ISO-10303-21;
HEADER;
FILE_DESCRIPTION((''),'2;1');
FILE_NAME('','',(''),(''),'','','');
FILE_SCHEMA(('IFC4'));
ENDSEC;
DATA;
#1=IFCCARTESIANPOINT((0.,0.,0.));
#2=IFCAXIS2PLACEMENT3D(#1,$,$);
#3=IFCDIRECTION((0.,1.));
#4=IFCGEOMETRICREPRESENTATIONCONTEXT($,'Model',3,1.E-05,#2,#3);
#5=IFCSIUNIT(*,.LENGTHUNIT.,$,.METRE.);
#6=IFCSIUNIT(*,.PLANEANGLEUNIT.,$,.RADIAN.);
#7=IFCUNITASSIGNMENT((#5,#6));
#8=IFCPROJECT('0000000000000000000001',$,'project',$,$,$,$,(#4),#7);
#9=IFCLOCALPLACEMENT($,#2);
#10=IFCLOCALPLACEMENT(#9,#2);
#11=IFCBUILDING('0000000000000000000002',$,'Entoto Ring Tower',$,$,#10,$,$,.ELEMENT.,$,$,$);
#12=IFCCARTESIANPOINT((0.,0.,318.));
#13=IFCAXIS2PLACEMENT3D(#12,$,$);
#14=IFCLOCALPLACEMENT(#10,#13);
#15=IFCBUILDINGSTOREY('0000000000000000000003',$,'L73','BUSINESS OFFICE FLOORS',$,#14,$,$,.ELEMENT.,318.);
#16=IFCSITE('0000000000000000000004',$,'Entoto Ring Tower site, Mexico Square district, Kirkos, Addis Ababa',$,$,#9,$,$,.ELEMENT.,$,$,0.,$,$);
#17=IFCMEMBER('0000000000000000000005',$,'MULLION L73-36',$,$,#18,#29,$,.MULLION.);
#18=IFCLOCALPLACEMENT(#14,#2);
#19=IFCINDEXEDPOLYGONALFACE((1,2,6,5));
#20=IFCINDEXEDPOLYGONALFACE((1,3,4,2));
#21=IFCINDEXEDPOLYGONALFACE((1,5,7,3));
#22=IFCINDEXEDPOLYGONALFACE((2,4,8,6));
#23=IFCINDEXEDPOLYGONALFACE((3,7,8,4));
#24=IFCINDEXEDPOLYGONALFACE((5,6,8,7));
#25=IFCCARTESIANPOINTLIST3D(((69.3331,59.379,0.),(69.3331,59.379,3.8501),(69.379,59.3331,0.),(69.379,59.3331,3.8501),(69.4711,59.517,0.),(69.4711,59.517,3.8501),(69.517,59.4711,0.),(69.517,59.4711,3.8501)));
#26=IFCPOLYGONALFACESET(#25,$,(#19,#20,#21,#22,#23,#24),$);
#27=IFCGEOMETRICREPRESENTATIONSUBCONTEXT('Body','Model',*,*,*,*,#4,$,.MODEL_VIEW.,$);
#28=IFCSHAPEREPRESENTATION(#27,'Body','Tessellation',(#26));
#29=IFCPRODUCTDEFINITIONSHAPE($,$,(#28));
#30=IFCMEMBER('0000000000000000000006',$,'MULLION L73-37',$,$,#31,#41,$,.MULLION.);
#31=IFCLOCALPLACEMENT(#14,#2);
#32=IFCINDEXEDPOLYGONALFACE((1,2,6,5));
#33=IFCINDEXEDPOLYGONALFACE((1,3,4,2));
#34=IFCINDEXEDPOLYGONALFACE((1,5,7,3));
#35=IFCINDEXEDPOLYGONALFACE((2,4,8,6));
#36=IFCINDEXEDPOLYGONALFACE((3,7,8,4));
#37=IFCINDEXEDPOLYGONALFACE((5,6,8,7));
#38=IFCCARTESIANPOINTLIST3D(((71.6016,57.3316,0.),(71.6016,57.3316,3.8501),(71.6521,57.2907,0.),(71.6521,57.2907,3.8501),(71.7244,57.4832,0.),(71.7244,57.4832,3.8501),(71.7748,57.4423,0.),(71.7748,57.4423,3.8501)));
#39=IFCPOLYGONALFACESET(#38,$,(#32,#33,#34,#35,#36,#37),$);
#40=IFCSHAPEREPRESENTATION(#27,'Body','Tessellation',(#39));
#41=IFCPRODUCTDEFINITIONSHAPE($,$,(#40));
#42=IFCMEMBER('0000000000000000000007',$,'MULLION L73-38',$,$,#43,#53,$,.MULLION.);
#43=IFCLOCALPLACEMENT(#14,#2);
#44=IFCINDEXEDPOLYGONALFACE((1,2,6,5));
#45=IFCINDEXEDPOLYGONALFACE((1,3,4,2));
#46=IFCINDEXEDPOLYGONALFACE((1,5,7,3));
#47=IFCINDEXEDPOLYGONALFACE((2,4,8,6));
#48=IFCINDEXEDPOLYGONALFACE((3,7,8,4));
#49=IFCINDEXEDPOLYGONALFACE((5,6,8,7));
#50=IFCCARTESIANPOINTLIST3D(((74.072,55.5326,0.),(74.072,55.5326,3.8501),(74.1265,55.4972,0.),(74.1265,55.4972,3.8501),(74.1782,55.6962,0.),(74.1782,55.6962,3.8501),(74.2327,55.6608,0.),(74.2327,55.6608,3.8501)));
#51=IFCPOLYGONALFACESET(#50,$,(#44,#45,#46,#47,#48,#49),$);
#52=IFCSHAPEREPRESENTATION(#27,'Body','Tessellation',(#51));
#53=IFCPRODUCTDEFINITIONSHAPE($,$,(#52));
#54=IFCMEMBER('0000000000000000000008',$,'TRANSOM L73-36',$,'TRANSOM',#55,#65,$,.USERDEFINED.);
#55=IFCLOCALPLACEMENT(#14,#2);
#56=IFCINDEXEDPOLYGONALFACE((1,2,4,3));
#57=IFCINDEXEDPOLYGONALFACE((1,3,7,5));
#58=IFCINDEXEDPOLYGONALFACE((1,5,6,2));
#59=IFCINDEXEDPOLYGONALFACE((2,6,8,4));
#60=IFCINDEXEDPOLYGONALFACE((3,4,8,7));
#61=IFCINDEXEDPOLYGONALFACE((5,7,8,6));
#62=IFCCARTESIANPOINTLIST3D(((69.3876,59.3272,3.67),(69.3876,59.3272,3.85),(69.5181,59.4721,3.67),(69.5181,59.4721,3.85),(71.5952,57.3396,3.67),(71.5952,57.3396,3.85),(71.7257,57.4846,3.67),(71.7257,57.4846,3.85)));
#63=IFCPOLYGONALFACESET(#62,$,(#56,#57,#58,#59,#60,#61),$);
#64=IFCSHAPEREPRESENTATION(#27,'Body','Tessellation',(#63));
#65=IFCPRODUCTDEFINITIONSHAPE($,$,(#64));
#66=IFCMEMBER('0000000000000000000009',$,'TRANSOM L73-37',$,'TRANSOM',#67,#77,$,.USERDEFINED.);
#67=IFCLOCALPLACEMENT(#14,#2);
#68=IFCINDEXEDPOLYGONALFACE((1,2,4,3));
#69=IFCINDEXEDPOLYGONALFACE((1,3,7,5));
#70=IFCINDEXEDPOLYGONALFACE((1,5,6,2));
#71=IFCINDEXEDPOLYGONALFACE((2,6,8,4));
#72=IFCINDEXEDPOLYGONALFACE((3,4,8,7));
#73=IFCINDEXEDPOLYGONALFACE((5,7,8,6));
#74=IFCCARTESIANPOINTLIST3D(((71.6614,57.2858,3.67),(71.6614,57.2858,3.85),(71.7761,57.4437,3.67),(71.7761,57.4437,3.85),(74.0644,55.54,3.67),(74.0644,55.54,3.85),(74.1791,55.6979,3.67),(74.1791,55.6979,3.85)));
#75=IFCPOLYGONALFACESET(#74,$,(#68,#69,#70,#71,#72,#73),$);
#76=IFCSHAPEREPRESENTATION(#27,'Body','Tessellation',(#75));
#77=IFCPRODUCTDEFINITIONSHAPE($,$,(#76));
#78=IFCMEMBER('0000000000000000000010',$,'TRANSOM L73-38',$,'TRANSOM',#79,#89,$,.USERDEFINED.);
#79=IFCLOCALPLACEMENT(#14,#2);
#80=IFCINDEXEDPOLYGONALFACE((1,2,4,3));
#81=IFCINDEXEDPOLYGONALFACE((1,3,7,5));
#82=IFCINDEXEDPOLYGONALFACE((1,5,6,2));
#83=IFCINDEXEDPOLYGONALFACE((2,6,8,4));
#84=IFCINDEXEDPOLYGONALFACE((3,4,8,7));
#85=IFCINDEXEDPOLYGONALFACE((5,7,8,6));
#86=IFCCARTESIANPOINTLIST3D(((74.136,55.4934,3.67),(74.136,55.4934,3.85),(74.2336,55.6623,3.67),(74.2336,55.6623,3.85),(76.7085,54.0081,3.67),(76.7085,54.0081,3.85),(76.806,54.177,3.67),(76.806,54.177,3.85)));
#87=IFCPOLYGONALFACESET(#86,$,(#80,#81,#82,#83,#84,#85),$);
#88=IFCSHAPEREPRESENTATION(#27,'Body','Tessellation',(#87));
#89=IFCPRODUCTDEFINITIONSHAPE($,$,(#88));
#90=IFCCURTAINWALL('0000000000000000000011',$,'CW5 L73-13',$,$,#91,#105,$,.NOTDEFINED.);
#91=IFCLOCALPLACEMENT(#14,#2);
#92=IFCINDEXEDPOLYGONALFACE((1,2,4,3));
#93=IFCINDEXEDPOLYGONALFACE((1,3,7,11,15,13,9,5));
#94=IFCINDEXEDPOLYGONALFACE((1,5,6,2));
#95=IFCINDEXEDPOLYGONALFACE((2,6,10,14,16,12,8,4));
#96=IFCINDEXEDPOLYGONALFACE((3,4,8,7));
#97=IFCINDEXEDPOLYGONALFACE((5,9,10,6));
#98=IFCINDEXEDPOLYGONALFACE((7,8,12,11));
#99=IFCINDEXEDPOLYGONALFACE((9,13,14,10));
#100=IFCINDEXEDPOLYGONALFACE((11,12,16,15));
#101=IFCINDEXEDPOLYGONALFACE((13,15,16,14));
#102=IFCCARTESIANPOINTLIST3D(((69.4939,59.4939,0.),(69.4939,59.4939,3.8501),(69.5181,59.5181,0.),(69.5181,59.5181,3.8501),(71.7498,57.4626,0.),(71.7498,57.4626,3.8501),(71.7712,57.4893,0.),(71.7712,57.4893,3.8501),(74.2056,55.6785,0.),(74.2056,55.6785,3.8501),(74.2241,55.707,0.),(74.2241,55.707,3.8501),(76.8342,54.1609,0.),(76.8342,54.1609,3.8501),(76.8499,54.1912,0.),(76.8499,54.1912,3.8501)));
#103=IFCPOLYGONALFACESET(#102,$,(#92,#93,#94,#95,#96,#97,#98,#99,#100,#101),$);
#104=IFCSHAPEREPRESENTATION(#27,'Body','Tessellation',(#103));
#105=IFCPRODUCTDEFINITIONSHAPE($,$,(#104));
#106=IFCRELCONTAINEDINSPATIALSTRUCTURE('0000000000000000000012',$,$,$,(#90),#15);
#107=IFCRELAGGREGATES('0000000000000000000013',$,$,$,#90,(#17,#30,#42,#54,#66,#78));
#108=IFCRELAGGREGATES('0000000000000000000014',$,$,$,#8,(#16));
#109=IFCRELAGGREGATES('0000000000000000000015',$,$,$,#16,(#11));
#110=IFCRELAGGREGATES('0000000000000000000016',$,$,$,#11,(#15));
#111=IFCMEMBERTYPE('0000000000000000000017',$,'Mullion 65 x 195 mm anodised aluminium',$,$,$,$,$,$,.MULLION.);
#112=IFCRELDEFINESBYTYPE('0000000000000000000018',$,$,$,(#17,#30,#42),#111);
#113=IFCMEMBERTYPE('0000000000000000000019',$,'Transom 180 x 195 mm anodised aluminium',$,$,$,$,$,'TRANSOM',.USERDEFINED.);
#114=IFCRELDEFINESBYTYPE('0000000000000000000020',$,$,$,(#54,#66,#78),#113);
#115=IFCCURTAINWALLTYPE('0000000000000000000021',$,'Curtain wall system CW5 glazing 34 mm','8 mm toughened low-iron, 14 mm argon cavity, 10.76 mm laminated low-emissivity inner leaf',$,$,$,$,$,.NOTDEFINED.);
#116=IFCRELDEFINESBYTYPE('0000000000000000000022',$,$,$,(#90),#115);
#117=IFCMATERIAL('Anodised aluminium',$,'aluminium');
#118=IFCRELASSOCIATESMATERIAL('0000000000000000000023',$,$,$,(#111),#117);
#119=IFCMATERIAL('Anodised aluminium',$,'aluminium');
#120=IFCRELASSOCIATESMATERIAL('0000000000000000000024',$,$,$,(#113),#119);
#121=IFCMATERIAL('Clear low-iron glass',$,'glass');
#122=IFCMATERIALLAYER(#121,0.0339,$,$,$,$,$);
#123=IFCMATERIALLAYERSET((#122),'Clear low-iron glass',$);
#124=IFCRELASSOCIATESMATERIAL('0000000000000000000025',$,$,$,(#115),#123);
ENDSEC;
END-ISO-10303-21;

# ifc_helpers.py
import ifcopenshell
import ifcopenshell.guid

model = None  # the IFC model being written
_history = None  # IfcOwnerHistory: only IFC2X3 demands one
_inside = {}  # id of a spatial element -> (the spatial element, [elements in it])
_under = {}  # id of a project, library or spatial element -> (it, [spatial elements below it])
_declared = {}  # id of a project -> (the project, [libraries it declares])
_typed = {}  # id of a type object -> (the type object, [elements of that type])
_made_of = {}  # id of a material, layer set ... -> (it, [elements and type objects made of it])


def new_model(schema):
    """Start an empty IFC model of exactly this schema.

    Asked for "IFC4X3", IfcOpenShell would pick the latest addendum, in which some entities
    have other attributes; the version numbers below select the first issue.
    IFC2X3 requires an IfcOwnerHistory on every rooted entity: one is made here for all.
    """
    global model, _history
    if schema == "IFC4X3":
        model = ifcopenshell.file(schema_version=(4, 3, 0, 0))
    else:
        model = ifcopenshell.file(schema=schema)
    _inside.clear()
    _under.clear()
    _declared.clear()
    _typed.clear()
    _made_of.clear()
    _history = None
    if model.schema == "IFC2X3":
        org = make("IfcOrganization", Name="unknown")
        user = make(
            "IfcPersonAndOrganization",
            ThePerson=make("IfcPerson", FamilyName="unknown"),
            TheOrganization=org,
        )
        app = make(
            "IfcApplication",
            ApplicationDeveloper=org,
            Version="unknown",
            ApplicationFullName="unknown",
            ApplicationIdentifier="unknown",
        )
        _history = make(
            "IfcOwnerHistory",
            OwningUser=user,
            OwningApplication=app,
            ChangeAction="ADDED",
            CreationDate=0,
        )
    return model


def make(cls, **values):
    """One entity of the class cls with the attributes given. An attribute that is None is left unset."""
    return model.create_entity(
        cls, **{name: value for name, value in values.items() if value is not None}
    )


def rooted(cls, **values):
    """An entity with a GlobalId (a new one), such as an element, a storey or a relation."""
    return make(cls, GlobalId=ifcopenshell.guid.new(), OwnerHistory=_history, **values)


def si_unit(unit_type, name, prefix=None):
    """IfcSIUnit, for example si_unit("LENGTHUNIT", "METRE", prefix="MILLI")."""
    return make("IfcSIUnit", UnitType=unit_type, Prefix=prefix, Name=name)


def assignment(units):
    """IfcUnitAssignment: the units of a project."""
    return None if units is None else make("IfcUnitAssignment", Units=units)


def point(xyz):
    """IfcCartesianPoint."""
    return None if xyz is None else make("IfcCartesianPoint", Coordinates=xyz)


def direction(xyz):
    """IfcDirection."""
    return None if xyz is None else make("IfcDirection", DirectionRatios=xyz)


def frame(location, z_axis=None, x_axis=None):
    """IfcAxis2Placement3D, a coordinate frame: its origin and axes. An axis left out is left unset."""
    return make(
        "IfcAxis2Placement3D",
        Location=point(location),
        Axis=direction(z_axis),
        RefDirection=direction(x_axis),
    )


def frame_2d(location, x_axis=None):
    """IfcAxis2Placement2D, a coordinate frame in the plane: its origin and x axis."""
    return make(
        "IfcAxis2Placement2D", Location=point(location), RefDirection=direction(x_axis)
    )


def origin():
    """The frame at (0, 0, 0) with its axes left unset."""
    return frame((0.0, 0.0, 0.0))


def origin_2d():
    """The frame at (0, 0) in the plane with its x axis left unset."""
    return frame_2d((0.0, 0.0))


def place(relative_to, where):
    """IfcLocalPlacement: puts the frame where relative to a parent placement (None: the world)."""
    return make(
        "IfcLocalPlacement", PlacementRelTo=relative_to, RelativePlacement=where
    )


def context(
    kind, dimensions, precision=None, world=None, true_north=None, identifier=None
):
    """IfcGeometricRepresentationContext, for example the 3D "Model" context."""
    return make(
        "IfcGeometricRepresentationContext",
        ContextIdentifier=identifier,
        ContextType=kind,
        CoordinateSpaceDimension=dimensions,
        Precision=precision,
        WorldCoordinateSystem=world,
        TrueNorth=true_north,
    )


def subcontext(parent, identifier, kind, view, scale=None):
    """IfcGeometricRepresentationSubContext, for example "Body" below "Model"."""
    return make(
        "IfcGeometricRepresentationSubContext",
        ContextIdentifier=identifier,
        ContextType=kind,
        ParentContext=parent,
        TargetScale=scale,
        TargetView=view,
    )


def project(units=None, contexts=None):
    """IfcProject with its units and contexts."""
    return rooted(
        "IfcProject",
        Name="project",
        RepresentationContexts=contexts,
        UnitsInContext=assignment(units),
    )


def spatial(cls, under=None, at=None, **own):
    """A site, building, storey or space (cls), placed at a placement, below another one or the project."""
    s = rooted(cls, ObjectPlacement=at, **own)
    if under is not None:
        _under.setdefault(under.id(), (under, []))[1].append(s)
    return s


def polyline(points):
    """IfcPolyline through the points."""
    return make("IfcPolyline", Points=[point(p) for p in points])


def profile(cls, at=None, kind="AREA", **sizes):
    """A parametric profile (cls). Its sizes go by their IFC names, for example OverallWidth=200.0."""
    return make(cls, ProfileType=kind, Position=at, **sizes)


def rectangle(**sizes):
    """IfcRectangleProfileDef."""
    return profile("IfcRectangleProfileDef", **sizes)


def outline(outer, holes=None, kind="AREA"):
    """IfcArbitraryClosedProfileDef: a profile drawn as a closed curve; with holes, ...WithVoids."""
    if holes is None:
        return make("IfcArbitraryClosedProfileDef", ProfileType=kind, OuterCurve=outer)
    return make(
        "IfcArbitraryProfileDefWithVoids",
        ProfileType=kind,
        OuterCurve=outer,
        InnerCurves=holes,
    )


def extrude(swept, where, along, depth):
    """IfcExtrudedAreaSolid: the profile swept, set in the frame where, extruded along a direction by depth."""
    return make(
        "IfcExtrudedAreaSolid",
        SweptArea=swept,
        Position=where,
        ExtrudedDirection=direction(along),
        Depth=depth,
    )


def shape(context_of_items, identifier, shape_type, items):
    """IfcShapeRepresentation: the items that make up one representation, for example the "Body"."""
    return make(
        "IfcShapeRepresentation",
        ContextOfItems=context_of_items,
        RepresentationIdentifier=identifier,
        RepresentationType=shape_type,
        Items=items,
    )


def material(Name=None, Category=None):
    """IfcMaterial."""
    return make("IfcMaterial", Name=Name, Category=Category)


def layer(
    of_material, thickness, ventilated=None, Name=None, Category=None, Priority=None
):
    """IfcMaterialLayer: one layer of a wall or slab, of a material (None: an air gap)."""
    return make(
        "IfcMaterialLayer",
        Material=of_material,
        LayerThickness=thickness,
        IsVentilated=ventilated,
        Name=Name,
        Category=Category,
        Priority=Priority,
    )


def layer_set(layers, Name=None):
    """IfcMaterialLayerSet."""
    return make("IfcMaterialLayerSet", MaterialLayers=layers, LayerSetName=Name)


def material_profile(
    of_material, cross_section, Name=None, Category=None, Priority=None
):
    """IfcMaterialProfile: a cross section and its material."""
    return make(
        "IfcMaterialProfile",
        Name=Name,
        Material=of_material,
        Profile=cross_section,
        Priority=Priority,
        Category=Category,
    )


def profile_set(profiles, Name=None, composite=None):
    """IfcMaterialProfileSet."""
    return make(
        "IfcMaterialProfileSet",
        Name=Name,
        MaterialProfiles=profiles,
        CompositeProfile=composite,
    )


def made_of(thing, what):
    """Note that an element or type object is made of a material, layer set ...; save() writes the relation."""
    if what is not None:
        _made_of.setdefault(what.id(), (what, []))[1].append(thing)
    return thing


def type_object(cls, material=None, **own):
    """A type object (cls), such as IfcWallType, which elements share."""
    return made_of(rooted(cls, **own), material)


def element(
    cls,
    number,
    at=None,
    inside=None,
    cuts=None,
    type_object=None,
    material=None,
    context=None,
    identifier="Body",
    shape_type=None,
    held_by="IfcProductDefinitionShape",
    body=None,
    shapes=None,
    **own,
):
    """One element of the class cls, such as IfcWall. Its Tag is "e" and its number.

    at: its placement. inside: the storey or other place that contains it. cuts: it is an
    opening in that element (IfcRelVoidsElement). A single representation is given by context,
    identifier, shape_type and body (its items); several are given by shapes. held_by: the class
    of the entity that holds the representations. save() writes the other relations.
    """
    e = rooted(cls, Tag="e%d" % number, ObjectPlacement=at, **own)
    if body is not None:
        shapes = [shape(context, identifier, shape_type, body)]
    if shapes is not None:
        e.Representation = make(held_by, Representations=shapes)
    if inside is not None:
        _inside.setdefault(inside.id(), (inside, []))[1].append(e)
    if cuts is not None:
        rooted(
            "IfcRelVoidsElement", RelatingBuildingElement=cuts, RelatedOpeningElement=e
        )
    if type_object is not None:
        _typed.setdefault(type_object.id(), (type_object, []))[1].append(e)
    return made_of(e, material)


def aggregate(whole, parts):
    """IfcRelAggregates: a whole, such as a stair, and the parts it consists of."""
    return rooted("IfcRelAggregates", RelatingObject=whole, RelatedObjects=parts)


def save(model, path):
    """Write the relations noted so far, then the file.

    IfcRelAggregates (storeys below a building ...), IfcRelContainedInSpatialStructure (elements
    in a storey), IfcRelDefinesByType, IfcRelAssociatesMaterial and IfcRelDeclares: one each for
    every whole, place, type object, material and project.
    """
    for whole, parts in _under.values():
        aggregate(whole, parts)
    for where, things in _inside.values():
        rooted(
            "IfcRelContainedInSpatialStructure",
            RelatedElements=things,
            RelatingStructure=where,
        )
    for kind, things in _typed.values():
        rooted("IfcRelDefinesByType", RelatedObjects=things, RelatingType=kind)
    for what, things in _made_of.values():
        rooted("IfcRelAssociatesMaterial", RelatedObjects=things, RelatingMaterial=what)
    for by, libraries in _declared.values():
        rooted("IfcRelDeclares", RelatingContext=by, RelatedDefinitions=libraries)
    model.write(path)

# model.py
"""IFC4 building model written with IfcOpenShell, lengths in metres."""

from ifc_helpers import new_model, si_unit, direction, frame, origin, origin_2d, place, context, subcontext, project, spatial, polyline, rectangle, outline, extrude, material, layer, layer_set, material_profile, profile_set, type_object, element, aggregate, save


model = new_model("IFC4")

# Units and contexts
model_context = context("Model", 3, precision=1e-05, world=origin(), true_north=direction((0.0, 1.0)))
body_context = subcontext(model_context, "Body", "Model", "MODEL_VIEW")
ifc_project = project(units=[si_unit("LENGTHUNIT", "METRE"), si_unit("PLANEANGLEUNIT", "RADIAN")], contexts=[model_context])

# Members
ifc_material_1 = material(Name="Anodised aluminium", Category="aluminium")
ifc_material_profile_1 = material_profile(ifc_material_1, rectangle(XDim=0.0649, YDim=0.1951, at=origin_2d()), Name="Mullion 65 x 195 mm anodised aluminium")
ifc_profile_set_1 = profile_set([ifc_material_profile_1], Name="Anodised aluminium")
member_type_1 = type_object("IfcMemberType", Name="Mullion 65 x 195 mm anodised aluminium", PredefinedType="MULLION", material=ifc_profile_set_1)
site_placement = place(None, origin())
building_placement = place(site_placement, origin())
storey_placement = place(building_placement, frame((0.0, 0.0, 318.0)))
member_1_placement = place(storey_placement, frame((69.425, 59.425, 0.0), z_axis=(0.0, 0.0, 1.0), x_axis=(0.707107, -0.707107, 0.0)))
member_1 = element("IfcMember", 1, at=member_1_placement, type_object=member_type_1, Name="MULLION L73-36", PredefinedType="MULLION", context=body_context, shape_type="SweptSolid", body=[
    extrude(rectangle(XDim=0.0649, YDim=0.1951, at=origin_2d()), origin(), (0.0, 0.0, 1.0), 3.8501),
])
member_2_placement = place(storey_placement, frame((71.6882, 57.387, 0.0), z_axis=(0.0, 0.0, 1.0), x_axis=(0.777146, -0.62932, 0.0)))
member_2 = element("IfcMember", 2, at=member_2_placement, type_object=member_type_1, Name="MULLION L73-37", PredefinedType="MULLION", context=body_context, shape_type="SweptSolid", body=[
    extrude(rectangle(XDim=0.0649, YDim=0.1951, at=origin_2d()), origin(), (0.0, 0.0, 1.0), 3.8501),
])
member_3_placement = place(storey_placement, frame((74.1523, 55.5967, 0.0), z_axis=(0.0, 0.0, 1.0), x_axis=(0.838671, -0.544639, 0.0)))
member_3 = element("IfcMember", 3, at=member_3_placement, type_object=member_type_1, Name="MULLION L73-38", PredefinedType="MULLION", context=body_context, shape_type="SweptSolid", body=[
    extrude(rectangle(XDim=0.0649, YDim=0.1951, at=origin_2d()), origin(), (0.0, 0.0, 1.0), 3.8501),
])
ifc_material_2 = material(Name="Anodised aluminium", Category="aluminium")
ifc_material_profile_2 = material_profile(ifc_material_2, rectangle(XDim=0.1951, YDim=0.1799, at=origin_2d()), Name="Transom 180 x 195 mm anodised aluminium")
ifc_profile_set_2 = profile_set([ifc_material_profile_2], Name="Anodised aluminium")
member_type_2 = type_object("IfcMemberType", Name="Transom 180 x 195 mm anodised aluminium", ElementType="TRANSOM", PredefinedType="USERDEFINED", material=ifc_profile_set_2)
member_4_placement = place(storey_placement, frame((69.4529, 59.3997, 3.76), z_axis=(0.743163, -0.66911, 0.0), x_axis=(0.66911, 0.743163, 0.0)))
member_4 = element("IfcMember", 4, at=member_4_placement, type_object=member_type_2, Name="TRANSOM L73-36", ObjectType="TRANSOM", PredefinedType="USERDEFINED", context=body_context, shape_type="SweptSolid", body=[
    extrude(rectangle(XDim=0.1951, YDim=0.1799, at=origin_2d()), origin(), (0.0, 0.0, 1.0), 2.9705),
])
member_5_placement = place(storey_placement, frame((71.7188, 57.3647, 3.76), z_axis=(0.809031, -0.587766, 0.0), x_axis=(0.587766, 0.809031, 0.0)))
member_5 = element("IfcMember", 5, at=member_5_placement, type_object=member_type_2, Name="TRANSOM L73-37", ObjectType="TRANSOM", PredefinedType="USERDEFINED", context=body_context, shape_type="SweptSolid", body=[
    extrude(rectangle(XDim=0.1951, YDim=0.1799, at=origin_2d()), origin(), (0.0, 0.0, 1.0), 2.9702),
])
member_6_placement = place(storey_placement, frame((74.1848, 55.5779, 3.76), z_axis=(0.866009, -0.500028, 0.0), x_axis=(0.500028, 0.866009, 0.0)))
member_6 = element("IfcMember", 6, at=member_6_placement, type_object=member_type_2, Name="TRANSOM L73-38", ObjectType="TRANSOM", PredefinedType="USERDEFINED", context=body_context, shape_type="SweptSolid", body=[
    extrude(rectangle(XDim=0.1951, YDim=0.1799, at=origin_2d()), origin(), (0.0, 0.0, 1.0), 2.9705),
])

# Site, building, storey
site = spatial("IfcSite", under=ifc_project, at=site_placement, Name="Entoto Ring Tower site, Mexico Square district, Kirkos, Addis Ababa", CompositionType="ELEMENT", RefElevation=0.0)
building = spatial("IfcBuilding", under=site, at=building_placement, Name="Entoto Ring Tower", CompositionType="ELEMENT")
storey = spatial("IfcBuildingStorey", under=building, at=storey_placement, Name="L73", Description="BUSINESS OFFICE FLOORS", CompositionType="ELEMENT", Elevation=318.0)

# Curtain wall
ifc_material_3 = material(Name="Clear low-iron glass", Category="glass")
ifc_layer = layer(ifc_material_3, 0.0339)
ifc_layer_set = layer_set([ifc_layer], Name="Clear low-iron glass")
curtain_wall_type = type_object("IfcCurtainWallType", Name="Curtain wall system CW5 glazing 34 mm", Description="8 mm toughened low-iron, 14 mm argon cavity, 10.76 mm laminated low-emissivity inner leaf", PredefinedType="NOTDEFINED", material=ifc_layer_set)
curtain_wall_1_placement = place(storey_placement, origin())
curtain_wall_1 = element("IfcCurtainWall", 7, at=curtain_wall_1_placement, inside=storey, type_object=curtain_wall_type, Name="CW5 L73-13", PredefinedType="NOTDEFINED", context=body_context, shape_type="SweptSolid", body=[
    extrude(outline(polyline([(69.4939, 59.4939), (71.7498, 57.4626), (74.2056, 55.6785), (76.8342, 54.1609), (76.8499, 54.1912), (74.2241, 55.707), (71.7712, 57.4893), (69.5181, 59.5181), (69.4939, 59.4939)])), origin(), (0.0, 0.0, 1.0), 3.8501),
])
aggregate(curtain_wall_1, [member_1, member_2, member_3, member_4, member_5, member_6])

save(model, "model.ifc")
